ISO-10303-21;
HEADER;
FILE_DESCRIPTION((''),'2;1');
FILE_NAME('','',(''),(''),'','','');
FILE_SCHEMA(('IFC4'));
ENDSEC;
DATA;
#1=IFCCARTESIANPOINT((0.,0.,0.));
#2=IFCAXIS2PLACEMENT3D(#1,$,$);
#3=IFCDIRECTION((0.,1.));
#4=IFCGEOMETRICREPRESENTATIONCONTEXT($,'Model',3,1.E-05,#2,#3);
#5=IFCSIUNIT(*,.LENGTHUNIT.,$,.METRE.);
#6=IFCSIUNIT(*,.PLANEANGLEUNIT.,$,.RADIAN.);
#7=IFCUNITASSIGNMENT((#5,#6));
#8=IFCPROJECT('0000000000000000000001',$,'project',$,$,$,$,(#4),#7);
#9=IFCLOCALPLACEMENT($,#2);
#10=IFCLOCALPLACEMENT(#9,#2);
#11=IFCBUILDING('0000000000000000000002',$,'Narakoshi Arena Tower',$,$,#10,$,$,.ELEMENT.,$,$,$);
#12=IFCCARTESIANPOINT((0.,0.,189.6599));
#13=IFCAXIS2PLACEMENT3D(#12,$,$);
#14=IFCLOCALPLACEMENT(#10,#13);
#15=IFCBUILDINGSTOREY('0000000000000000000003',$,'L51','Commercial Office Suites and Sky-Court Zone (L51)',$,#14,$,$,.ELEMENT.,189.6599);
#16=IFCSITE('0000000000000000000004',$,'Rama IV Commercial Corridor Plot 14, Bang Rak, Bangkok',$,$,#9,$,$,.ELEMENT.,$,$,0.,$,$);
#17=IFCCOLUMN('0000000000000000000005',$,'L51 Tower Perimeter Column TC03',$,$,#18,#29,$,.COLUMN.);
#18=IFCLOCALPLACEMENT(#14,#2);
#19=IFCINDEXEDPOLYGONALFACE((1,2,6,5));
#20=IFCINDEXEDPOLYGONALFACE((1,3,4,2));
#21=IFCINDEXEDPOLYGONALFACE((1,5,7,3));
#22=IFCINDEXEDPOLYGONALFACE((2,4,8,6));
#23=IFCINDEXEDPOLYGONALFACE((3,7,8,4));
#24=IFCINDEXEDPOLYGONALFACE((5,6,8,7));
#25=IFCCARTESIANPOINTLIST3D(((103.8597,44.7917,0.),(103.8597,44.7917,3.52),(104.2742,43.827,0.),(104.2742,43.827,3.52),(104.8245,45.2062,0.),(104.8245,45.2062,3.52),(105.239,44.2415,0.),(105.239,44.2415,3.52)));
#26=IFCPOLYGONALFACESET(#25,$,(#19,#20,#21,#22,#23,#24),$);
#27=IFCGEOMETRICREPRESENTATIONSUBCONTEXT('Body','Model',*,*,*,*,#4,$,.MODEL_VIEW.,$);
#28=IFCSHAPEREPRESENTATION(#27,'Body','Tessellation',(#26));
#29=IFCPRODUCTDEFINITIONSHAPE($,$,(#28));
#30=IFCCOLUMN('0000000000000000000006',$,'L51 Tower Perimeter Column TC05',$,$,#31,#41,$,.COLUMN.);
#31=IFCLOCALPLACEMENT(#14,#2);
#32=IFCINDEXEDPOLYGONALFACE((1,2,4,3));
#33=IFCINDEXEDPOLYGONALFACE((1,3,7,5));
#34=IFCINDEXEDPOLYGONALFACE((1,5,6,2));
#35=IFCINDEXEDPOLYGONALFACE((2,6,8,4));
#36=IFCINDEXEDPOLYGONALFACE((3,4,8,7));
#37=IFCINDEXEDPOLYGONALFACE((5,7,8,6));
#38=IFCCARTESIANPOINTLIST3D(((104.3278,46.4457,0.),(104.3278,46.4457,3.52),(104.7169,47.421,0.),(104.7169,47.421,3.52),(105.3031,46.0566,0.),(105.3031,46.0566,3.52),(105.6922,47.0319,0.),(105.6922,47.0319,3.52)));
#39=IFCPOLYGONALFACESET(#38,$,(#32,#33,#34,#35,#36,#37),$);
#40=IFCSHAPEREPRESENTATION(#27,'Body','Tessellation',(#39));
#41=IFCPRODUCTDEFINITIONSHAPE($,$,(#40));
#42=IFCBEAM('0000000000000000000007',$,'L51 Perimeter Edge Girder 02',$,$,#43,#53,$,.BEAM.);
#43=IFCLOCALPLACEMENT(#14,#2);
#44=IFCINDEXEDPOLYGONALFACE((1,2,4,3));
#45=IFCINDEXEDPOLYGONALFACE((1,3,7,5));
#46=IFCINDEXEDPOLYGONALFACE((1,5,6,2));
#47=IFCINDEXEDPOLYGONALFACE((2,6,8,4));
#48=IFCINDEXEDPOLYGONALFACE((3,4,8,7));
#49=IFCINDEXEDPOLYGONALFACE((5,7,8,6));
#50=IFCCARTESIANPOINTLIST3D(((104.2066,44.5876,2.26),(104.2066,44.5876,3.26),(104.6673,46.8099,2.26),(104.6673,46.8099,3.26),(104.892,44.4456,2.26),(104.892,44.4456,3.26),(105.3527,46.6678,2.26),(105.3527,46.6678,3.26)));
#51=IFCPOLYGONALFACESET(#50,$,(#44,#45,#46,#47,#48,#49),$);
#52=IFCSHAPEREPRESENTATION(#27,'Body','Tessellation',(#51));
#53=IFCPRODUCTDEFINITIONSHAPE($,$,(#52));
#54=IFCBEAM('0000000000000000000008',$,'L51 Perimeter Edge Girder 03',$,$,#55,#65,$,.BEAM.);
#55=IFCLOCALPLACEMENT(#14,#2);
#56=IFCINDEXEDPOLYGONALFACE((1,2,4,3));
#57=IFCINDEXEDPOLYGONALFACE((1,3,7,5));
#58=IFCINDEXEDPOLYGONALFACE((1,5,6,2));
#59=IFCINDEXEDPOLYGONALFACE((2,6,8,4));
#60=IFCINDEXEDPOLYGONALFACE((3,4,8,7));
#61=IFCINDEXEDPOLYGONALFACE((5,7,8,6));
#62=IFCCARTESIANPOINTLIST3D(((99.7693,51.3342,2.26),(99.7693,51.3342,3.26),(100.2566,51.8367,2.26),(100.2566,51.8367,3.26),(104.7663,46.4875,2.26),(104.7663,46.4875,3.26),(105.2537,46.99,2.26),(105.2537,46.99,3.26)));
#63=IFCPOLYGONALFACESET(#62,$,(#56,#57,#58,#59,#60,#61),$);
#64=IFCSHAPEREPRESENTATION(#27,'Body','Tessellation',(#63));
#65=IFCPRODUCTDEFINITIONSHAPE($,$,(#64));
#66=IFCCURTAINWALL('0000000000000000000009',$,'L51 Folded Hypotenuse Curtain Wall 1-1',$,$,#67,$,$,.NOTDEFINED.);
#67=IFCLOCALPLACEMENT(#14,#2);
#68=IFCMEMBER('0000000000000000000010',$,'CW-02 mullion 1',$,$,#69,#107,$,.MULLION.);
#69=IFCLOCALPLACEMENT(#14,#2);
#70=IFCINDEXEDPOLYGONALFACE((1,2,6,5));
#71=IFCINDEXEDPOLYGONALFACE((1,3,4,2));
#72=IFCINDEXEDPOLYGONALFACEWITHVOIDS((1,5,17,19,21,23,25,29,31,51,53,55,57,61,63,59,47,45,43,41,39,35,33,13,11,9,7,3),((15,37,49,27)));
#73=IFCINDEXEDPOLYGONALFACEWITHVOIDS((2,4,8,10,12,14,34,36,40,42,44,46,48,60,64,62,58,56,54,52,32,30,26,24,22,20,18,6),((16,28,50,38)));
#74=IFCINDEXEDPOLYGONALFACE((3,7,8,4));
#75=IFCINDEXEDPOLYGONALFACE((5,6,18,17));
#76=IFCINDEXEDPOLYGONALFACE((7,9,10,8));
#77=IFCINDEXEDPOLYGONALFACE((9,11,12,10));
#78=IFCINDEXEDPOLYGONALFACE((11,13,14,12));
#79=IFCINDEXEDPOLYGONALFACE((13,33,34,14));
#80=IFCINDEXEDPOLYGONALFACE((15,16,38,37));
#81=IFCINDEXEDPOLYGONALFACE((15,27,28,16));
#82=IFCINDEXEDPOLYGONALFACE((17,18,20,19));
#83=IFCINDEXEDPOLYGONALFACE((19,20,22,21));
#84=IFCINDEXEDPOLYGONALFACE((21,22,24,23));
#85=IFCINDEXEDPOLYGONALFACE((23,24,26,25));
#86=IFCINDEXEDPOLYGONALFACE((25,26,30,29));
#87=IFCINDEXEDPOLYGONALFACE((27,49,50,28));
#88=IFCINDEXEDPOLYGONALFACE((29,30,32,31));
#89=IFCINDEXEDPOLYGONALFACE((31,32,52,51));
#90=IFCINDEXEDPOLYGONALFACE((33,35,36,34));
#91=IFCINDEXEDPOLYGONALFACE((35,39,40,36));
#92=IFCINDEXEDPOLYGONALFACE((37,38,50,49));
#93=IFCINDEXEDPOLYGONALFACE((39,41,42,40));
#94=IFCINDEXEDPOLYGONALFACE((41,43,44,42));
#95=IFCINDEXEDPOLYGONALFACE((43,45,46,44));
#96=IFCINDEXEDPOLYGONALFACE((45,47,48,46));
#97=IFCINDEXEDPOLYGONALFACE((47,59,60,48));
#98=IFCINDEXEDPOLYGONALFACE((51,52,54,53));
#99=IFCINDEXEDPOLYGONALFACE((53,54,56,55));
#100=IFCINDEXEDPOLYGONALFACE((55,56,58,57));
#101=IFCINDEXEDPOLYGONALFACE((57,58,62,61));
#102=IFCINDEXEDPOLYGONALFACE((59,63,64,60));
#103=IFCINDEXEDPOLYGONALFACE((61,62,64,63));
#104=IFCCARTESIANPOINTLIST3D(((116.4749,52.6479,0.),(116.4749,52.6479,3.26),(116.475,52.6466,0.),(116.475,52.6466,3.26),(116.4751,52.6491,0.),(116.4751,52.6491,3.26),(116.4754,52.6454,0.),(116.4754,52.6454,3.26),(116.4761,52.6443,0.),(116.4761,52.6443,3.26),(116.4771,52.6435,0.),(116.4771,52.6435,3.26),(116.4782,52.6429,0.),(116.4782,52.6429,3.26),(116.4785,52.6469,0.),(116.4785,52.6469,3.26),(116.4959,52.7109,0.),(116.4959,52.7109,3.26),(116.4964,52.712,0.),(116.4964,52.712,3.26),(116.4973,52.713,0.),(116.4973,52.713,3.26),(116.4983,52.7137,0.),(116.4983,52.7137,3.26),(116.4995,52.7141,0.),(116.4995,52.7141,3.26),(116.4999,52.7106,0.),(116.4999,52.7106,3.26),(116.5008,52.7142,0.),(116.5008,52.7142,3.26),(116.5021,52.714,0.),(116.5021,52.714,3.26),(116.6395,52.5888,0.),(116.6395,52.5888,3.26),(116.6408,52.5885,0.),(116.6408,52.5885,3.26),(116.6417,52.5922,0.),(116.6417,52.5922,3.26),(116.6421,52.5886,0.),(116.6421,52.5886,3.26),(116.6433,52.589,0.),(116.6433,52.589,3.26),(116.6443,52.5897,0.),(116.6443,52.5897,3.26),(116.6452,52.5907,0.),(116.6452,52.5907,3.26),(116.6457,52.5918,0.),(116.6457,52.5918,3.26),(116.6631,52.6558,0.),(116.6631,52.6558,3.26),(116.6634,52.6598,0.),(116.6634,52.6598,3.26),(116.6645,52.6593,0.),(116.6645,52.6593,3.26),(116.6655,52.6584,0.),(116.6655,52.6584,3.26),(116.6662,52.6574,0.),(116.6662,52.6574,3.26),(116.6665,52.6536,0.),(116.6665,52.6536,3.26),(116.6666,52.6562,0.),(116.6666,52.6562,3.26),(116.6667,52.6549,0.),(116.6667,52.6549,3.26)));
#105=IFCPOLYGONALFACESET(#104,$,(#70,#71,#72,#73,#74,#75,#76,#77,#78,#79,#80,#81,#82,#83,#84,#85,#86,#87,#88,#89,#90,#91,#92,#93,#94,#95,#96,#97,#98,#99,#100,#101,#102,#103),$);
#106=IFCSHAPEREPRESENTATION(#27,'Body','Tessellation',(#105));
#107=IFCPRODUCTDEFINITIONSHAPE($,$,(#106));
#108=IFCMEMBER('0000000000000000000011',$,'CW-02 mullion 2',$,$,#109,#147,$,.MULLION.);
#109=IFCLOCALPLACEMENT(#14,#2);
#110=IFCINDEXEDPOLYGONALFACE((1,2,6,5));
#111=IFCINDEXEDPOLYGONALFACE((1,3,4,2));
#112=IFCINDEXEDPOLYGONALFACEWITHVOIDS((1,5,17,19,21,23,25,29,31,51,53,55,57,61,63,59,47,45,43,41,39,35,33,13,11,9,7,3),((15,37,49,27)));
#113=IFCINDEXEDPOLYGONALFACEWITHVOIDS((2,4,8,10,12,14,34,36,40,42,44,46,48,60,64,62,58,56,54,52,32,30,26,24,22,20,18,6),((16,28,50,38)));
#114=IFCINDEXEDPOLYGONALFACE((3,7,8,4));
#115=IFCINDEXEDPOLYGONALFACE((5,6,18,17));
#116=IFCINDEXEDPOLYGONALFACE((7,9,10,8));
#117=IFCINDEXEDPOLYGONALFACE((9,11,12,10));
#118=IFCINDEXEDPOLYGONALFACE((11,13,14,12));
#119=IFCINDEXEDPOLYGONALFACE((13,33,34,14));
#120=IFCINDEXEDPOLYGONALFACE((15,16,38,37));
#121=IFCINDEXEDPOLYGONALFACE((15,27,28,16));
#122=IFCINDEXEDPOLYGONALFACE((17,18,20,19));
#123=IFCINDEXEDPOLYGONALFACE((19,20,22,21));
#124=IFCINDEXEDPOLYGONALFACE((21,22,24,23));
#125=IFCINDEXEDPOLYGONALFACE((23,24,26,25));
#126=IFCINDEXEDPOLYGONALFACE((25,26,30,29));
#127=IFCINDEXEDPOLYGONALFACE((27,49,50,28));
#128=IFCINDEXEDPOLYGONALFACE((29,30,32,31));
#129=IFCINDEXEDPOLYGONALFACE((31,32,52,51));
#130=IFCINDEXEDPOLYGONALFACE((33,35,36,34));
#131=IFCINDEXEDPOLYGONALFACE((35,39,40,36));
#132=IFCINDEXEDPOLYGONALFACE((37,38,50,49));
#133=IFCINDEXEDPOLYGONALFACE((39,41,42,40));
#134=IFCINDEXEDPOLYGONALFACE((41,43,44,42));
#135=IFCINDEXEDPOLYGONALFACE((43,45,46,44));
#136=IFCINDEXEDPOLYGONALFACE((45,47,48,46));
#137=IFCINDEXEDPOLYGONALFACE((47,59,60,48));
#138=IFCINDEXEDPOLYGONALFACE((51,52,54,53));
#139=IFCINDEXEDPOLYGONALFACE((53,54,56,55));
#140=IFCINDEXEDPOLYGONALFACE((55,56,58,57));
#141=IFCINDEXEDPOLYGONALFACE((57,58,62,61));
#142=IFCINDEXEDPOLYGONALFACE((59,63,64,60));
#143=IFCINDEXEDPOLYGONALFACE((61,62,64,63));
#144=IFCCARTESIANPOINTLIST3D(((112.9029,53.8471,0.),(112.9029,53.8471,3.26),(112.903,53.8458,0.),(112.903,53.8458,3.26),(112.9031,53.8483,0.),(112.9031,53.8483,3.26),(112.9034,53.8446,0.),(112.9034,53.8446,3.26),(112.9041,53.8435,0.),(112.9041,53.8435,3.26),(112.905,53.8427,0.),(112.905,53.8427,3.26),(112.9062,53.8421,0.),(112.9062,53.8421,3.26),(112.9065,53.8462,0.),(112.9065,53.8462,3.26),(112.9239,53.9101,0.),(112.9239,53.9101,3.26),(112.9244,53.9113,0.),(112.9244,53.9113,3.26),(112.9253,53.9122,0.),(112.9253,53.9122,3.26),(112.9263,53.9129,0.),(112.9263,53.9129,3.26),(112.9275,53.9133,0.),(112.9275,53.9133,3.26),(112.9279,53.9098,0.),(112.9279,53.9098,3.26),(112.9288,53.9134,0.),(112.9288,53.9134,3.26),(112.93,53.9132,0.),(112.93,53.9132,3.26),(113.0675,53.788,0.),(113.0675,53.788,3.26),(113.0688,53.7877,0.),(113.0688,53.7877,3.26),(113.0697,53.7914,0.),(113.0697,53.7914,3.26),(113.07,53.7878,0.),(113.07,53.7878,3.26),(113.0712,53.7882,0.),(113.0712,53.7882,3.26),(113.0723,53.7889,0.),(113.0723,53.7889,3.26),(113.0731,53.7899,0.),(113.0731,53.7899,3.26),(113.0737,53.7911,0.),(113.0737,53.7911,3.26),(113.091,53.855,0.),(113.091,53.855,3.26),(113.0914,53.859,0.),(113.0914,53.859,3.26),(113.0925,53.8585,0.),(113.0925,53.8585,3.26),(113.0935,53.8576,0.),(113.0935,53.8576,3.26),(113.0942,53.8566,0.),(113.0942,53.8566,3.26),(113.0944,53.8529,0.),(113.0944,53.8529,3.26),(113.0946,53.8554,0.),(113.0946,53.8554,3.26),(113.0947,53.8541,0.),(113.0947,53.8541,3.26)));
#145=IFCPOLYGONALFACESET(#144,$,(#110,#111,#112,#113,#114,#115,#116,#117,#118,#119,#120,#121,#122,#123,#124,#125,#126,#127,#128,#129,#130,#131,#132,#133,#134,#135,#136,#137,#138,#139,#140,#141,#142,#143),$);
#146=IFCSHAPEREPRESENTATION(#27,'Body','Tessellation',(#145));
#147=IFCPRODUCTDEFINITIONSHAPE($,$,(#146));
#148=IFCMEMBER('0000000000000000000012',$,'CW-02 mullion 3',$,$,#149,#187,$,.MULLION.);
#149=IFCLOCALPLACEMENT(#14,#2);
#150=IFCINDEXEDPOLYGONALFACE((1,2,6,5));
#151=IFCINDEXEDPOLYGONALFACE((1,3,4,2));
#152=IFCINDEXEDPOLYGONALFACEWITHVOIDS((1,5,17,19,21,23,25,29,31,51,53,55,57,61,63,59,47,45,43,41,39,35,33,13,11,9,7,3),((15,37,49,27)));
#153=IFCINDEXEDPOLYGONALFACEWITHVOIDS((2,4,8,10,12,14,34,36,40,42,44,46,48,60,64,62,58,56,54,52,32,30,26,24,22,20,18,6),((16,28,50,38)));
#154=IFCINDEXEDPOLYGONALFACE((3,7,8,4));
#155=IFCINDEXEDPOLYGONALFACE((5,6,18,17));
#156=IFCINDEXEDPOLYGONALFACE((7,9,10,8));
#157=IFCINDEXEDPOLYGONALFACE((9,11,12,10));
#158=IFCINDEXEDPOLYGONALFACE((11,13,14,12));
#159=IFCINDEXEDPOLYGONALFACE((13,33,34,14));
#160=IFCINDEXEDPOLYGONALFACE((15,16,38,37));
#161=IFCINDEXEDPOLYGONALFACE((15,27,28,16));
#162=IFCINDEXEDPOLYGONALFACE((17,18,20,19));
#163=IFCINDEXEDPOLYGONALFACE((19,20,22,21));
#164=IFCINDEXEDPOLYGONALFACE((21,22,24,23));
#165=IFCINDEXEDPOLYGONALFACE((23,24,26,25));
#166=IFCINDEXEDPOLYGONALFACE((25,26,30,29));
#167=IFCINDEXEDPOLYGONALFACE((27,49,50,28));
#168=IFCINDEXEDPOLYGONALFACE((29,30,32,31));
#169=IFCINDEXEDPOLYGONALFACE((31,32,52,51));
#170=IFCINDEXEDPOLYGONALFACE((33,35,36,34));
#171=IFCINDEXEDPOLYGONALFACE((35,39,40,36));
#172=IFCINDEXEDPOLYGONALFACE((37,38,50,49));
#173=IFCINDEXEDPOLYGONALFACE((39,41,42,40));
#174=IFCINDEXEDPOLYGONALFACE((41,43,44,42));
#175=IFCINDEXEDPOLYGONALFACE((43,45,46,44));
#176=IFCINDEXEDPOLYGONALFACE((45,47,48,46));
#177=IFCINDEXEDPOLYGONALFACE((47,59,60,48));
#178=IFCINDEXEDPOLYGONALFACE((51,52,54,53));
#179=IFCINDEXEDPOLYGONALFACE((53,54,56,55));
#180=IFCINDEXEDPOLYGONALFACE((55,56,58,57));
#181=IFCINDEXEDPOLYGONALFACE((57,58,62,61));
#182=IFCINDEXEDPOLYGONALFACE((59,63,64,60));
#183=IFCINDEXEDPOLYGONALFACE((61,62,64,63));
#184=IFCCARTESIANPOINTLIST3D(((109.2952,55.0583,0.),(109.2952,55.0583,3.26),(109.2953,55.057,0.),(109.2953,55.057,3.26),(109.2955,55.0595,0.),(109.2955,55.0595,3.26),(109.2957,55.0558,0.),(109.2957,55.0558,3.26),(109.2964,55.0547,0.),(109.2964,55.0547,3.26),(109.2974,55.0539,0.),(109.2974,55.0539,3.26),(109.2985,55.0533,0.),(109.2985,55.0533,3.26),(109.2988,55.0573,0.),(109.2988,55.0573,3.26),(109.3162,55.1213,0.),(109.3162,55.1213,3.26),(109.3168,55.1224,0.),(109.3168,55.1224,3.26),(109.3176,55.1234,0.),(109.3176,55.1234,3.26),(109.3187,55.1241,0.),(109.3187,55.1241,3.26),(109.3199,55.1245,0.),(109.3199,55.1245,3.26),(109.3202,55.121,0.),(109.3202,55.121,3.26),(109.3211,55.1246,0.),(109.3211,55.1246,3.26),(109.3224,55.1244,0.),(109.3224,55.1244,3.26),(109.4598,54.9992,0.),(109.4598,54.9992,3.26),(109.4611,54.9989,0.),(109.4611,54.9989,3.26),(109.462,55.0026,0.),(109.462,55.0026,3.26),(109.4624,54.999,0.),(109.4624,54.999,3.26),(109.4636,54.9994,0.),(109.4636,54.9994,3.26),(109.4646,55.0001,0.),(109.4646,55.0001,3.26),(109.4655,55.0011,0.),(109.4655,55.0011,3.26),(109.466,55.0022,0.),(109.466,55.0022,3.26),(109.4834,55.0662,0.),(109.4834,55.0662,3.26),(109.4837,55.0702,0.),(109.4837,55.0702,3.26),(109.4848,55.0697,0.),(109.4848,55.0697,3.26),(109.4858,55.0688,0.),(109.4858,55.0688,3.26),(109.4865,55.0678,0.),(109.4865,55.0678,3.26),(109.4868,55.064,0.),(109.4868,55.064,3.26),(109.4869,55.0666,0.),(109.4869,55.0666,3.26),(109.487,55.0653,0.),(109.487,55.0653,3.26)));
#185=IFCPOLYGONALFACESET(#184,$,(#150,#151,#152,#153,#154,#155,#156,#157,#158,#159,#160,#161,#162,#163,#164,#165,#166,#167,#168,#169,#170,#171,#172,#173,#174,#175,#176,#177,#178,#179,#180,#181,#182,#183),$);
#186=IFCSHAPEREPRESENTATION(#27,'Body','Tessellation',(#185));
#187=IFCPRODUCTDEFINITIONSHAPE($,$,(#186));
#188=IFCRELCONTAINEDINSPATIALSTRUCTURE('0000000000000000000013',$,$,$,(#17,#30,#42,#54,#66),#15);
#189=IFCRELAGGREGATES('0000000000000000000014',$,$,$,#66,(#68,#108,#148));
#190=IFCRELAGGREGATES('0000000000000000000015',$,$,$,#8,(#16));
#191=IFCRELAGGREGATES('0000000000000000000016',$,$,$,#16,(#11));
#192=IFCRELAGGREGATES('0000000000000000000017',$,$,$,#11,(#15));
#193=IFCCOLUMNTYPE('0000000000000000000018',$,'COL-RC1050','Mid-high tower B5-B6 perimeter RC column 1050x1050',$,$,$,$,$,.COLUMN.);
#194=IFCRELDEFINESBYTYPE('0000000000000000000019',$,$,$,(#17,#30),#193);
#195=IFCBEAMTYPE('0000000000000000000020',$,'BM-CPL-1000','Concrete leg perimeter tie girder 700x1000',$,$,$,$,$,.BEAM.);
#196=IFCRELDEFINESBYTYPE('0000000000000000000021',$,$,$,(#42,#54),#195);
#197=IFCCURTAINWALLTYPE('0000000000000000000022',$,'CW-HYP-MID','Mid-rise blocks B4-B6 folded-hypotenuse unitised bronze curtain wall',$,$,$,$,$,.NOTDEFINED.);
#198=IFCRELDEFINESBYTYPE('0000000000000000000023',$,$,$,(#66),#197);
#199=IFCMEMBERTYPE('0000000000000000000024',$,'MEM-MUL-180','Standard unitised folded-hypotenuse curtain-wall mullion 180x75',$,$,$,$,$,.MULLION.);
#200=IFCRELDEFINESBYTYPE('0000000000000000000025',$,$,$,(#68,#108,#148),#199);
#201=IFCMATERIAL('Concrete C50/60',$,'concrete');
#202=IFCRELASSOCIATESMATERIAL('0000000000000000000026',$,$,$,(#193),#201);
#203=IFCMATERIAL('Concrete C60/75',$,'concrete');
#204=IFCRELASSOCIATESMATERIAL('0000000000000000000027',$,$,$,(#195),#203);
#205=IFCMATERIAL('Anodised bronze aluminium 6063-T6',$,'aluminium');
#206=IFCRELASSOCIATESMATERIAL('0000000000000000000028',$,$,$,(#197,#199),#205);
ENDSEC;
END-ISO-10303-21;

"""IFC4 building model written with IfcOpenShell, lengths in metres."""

from ifc_helpers import new_model, si_unit, direction, frame, origin, origin_2d, place, context, subcontext, project, spatial, rectangle, hollow_rectangle, extrude, material, material_profile, profile_set, type_object, element, aggregate, save


model = new_model("IFC4")

# Units and contexts
model_context = context("Model", 3, precision=1e-05, world=origin(), true_north=direction((0.0, 1.0)))
body_context = subcontext(model_context, "Body", "Model", "MODEL_VIEW")
ifc_project = project(units=[si_unit("LENGTHUNIT", "METRE"), si_unit("PLANEANGLEUNIT", "RADIAN")], contexts=[model_context])

# Site, building, storey
site_placement = place(None, origin())
site = spatial("IfcSite", under=ifc_project, at=site_placement, Name="Rama IV Commercial Corridor Plot 14, Bang Rak, Bangkok", CompositionType="ELEMENT", RefElevation=0.0)
building_placement = place(site_placement, origin())
building = spatial("IfcBuilding", under=site, at=building_placement, Name="Narakoshi Arena Tower", CompositionType="ELEMENT")
storey_placement = place(building_placement, frame((0.0, 0.0, 189.6599)))
storey = spatial("IfcBuildingStorey", under=building, at=storey_placement, Name="L51", Description="Commercial Office Suites and Sky-Court Zone (L51)", CompositionType="ELEMENT", Elevation=189.6599)

# Columns
ifc_material_1 = material(Name="Concrete C50/60", Category="concrete")
ifc_material_profile_1 = material_profile(ifc_material_1, rectangle(XDim=1.05, YDim=1.05, at=origin_2d()), Name="RC1050x1050")
ifc_profile_set_1 = profile_set([ifc_material_profile_1], Name="Concrete C50/60")
column_type = type_object("IfcColumnType", Name="COL-RC1050", Description="Mid-high tower B5-B6 perimeter RC column 1050x1050", PredefinedType="COLUMN", material=ifc_profile_set_1)
for number, where, z_axis, x_axis, name in (
    (1, (104.5493, 44.5166, 0.0), (0.0, 0.0, 1.0), (0.918791, 0.394744, 0.0), "L51 Tower Perimeter Column TC03"),
    (2, (105.01, 46.7388, 0.0), (0.0, 0.0, 1.0), (0.370557, 0.92881, 0.0), "L51 Tower Perimeter Column TC05"),
):
    element("IfcColumn", number, at=place(storey_placement, frame(where, z_axis=z_axis, x_axis=x_axis)), inside=storey, type_object=column_type, Name=name, PredefinedType="COLUMN", context=body_context, shape_type="SweptSolid", body=[
        extrude(rectangle(XDim=1.05, YDim=1.05, at=origin_2d()), origin(), (0.0, 0.0, 1.0), 3.52),
    ])

# Beams
ifc_material_2 = material(Name="Concrete C60/75", Category="concrete")
ifc_material_profile_2 = material_profile(ifc_material_2, rectangle(XDim=0.7, YDim=1.0, at=origin_2d()), Name="RCB700x1000")
ifc_profile_set_2 = profile_set([ifc_material_profile_2], Name="Concrete C60/75")
beam_type = type_object("IfcBeamType", Name="BM-CPL-1000", Description="Concrete leg perimeter tie girder 700x1000", PredefinedType="BEAM", material=ifc_profile_set_2)
beam_1_placement = place(storey_placement, frame((104.5493, 44.5166, 2.76), z_axis=(0.203, 0.979179, 0.0), x_axis=(-0.979179, 0.203, 0.0)))
element("IfcBeam", 3, at=beam_1_placement, inside=storey, type_object=beam_type, Name="L51 Perimeter Edge Girder 02", PredefinedType="BEAM", context=body_context, shape_type="SweptSolid", body=[
    extrude(rectangle(XDim=0.7, YDim=1.0, at=origin_2d()), origin(), (0.0, 0.0, 1.0), 2.2695),
])
beam_2_placement = place(storey_placement, frame((105.01, 46.7388, 2.76), z_axis=(-0.717826, 0.696223, 0.0), x_axis=(-0.696223, -0.717826, 0.0)))
element("IfcBeam", 4, at=beam_2_placement, inside=storey, type_object=beam_type, Name="L51 Perimeter Edge Girder 03", PredefinedType="BEAM", context=body_context, shape_type="SweptSolid", body=[
    extrude(rectangle(XDim=0.7, YDim=1.0, at=origin_2d()), origin(), (0.0, 0.0, 1.0), 6.9614),
])

# Curtain wall, members
ifc_material_3 = material(Name="Anodised bronze aluminium 6063-T6", Category="aluminium")
curtain_wall_type = type_object("IfcCurtainWallType", Name="CW-HYP-MID", Description="Mid-rise blocks B4-B6 folded-hypotenuse unitised bronze curtain wall", PredefinedType="NOTDEFINED", material=ifc_material_3)
curtain_wall_placement = place(storey_placement, origin())
curtain_wall = element("IfcCurtainWall", 5, at=curtain_wall_placement, inside=storey, type_object=curtain_wall_type, Name="L51 Folded Hypotenuse Curtain Wall 1-1", PredefinedType="NOTDEFINED")
ifc_material_profile_3 = material_profile(ifc_material_3, hollow_rectangle(XDim=0.075, YDim=0.1799, WallThickness=0.0039, OuterFilletRadius=0.0049, at=origin_2d()), Name="MUL180x75x4")
ifc_profile_set_3 = profile_set([ifc_material_profile_3], Name="Anodised bronze aluminium 6063-T6")
member_type_1 = type_object("IfcMemberType", Name="MEM-MUL-180", Description="Standard unitised folded-hypotenuse curtain-wall mullion 180x75", PredefinedType="MULLION", material=ifc_profile_set_3)
member_1_placement = place(storey_placement, frame((116.5708, 52.6514, 0.0), z_axis=(0.0, 0.0, 1.0), x_axis=(-0.318261, -0.948003, 0.0)))
member_1 = element("IfcMember", 6, at=member_1_placement, type_object=member_type_1, Name="CW-02 mullion 1", PredefinedType="MULLION", context=body_context, shape_type="SweptSolid", body=[
    extrude(hollow_rectangle(XDim=0.075, YDim=0.1799, WallThickness=0.0039, OuterFilletRadius=0.0049, at=origin_2d()), origin(), (0.0, 0.0, 1.0), 3.26),
])
member_2_placement = place(storey_placement, frame((112.9988, 53.8506, 0.0), z_axis=(0.0, 0.0, 1.0), x_axis=(-0.318261, -0.948003, 0.0)))
member_2 = element("IfcMember", 7, at=member_2_placement, type_object=member_type_1, Name="CW-02 mullion 2", PredefinedType="MULLION", context=body_context, shape_type="SweptSolid", body=[
    extrude(hollow_rectangle(XDim=0.075, YDim=0.1799, WallThickness=0.0039, OuterFilletRadius=0.0049, at=origin_2d()), origin(), (0.0, 0.0, 1.0), 3.26),
])
member_3_placement = place(storey_placement, frame((109.3911, 55.0618, 0.0), z_axis=(0.0, 0.0, 1.0), x_axis=(-0.318261, -0.948003, 0.0)))
member_3 = element("IfcMember", 8, at=member_3_placement, type_object=member_type_1, Name="CW-02 mullion 3", PredefinedType="MULLION", context=body_context, shape_type="SweptSolid", body=[
    extrude(hollow_rectangle(XDim=0.075, YDim=0.1799, WallThickness=0.0039, OuterFilletRadius=0.0049, at=origin_2d()), origin(), (0.0, 0.0, 1.0), 3.26),
])
aggregate(curtain_wall, [member_1, member_2, member_3])

save(model, "model.ifc")
